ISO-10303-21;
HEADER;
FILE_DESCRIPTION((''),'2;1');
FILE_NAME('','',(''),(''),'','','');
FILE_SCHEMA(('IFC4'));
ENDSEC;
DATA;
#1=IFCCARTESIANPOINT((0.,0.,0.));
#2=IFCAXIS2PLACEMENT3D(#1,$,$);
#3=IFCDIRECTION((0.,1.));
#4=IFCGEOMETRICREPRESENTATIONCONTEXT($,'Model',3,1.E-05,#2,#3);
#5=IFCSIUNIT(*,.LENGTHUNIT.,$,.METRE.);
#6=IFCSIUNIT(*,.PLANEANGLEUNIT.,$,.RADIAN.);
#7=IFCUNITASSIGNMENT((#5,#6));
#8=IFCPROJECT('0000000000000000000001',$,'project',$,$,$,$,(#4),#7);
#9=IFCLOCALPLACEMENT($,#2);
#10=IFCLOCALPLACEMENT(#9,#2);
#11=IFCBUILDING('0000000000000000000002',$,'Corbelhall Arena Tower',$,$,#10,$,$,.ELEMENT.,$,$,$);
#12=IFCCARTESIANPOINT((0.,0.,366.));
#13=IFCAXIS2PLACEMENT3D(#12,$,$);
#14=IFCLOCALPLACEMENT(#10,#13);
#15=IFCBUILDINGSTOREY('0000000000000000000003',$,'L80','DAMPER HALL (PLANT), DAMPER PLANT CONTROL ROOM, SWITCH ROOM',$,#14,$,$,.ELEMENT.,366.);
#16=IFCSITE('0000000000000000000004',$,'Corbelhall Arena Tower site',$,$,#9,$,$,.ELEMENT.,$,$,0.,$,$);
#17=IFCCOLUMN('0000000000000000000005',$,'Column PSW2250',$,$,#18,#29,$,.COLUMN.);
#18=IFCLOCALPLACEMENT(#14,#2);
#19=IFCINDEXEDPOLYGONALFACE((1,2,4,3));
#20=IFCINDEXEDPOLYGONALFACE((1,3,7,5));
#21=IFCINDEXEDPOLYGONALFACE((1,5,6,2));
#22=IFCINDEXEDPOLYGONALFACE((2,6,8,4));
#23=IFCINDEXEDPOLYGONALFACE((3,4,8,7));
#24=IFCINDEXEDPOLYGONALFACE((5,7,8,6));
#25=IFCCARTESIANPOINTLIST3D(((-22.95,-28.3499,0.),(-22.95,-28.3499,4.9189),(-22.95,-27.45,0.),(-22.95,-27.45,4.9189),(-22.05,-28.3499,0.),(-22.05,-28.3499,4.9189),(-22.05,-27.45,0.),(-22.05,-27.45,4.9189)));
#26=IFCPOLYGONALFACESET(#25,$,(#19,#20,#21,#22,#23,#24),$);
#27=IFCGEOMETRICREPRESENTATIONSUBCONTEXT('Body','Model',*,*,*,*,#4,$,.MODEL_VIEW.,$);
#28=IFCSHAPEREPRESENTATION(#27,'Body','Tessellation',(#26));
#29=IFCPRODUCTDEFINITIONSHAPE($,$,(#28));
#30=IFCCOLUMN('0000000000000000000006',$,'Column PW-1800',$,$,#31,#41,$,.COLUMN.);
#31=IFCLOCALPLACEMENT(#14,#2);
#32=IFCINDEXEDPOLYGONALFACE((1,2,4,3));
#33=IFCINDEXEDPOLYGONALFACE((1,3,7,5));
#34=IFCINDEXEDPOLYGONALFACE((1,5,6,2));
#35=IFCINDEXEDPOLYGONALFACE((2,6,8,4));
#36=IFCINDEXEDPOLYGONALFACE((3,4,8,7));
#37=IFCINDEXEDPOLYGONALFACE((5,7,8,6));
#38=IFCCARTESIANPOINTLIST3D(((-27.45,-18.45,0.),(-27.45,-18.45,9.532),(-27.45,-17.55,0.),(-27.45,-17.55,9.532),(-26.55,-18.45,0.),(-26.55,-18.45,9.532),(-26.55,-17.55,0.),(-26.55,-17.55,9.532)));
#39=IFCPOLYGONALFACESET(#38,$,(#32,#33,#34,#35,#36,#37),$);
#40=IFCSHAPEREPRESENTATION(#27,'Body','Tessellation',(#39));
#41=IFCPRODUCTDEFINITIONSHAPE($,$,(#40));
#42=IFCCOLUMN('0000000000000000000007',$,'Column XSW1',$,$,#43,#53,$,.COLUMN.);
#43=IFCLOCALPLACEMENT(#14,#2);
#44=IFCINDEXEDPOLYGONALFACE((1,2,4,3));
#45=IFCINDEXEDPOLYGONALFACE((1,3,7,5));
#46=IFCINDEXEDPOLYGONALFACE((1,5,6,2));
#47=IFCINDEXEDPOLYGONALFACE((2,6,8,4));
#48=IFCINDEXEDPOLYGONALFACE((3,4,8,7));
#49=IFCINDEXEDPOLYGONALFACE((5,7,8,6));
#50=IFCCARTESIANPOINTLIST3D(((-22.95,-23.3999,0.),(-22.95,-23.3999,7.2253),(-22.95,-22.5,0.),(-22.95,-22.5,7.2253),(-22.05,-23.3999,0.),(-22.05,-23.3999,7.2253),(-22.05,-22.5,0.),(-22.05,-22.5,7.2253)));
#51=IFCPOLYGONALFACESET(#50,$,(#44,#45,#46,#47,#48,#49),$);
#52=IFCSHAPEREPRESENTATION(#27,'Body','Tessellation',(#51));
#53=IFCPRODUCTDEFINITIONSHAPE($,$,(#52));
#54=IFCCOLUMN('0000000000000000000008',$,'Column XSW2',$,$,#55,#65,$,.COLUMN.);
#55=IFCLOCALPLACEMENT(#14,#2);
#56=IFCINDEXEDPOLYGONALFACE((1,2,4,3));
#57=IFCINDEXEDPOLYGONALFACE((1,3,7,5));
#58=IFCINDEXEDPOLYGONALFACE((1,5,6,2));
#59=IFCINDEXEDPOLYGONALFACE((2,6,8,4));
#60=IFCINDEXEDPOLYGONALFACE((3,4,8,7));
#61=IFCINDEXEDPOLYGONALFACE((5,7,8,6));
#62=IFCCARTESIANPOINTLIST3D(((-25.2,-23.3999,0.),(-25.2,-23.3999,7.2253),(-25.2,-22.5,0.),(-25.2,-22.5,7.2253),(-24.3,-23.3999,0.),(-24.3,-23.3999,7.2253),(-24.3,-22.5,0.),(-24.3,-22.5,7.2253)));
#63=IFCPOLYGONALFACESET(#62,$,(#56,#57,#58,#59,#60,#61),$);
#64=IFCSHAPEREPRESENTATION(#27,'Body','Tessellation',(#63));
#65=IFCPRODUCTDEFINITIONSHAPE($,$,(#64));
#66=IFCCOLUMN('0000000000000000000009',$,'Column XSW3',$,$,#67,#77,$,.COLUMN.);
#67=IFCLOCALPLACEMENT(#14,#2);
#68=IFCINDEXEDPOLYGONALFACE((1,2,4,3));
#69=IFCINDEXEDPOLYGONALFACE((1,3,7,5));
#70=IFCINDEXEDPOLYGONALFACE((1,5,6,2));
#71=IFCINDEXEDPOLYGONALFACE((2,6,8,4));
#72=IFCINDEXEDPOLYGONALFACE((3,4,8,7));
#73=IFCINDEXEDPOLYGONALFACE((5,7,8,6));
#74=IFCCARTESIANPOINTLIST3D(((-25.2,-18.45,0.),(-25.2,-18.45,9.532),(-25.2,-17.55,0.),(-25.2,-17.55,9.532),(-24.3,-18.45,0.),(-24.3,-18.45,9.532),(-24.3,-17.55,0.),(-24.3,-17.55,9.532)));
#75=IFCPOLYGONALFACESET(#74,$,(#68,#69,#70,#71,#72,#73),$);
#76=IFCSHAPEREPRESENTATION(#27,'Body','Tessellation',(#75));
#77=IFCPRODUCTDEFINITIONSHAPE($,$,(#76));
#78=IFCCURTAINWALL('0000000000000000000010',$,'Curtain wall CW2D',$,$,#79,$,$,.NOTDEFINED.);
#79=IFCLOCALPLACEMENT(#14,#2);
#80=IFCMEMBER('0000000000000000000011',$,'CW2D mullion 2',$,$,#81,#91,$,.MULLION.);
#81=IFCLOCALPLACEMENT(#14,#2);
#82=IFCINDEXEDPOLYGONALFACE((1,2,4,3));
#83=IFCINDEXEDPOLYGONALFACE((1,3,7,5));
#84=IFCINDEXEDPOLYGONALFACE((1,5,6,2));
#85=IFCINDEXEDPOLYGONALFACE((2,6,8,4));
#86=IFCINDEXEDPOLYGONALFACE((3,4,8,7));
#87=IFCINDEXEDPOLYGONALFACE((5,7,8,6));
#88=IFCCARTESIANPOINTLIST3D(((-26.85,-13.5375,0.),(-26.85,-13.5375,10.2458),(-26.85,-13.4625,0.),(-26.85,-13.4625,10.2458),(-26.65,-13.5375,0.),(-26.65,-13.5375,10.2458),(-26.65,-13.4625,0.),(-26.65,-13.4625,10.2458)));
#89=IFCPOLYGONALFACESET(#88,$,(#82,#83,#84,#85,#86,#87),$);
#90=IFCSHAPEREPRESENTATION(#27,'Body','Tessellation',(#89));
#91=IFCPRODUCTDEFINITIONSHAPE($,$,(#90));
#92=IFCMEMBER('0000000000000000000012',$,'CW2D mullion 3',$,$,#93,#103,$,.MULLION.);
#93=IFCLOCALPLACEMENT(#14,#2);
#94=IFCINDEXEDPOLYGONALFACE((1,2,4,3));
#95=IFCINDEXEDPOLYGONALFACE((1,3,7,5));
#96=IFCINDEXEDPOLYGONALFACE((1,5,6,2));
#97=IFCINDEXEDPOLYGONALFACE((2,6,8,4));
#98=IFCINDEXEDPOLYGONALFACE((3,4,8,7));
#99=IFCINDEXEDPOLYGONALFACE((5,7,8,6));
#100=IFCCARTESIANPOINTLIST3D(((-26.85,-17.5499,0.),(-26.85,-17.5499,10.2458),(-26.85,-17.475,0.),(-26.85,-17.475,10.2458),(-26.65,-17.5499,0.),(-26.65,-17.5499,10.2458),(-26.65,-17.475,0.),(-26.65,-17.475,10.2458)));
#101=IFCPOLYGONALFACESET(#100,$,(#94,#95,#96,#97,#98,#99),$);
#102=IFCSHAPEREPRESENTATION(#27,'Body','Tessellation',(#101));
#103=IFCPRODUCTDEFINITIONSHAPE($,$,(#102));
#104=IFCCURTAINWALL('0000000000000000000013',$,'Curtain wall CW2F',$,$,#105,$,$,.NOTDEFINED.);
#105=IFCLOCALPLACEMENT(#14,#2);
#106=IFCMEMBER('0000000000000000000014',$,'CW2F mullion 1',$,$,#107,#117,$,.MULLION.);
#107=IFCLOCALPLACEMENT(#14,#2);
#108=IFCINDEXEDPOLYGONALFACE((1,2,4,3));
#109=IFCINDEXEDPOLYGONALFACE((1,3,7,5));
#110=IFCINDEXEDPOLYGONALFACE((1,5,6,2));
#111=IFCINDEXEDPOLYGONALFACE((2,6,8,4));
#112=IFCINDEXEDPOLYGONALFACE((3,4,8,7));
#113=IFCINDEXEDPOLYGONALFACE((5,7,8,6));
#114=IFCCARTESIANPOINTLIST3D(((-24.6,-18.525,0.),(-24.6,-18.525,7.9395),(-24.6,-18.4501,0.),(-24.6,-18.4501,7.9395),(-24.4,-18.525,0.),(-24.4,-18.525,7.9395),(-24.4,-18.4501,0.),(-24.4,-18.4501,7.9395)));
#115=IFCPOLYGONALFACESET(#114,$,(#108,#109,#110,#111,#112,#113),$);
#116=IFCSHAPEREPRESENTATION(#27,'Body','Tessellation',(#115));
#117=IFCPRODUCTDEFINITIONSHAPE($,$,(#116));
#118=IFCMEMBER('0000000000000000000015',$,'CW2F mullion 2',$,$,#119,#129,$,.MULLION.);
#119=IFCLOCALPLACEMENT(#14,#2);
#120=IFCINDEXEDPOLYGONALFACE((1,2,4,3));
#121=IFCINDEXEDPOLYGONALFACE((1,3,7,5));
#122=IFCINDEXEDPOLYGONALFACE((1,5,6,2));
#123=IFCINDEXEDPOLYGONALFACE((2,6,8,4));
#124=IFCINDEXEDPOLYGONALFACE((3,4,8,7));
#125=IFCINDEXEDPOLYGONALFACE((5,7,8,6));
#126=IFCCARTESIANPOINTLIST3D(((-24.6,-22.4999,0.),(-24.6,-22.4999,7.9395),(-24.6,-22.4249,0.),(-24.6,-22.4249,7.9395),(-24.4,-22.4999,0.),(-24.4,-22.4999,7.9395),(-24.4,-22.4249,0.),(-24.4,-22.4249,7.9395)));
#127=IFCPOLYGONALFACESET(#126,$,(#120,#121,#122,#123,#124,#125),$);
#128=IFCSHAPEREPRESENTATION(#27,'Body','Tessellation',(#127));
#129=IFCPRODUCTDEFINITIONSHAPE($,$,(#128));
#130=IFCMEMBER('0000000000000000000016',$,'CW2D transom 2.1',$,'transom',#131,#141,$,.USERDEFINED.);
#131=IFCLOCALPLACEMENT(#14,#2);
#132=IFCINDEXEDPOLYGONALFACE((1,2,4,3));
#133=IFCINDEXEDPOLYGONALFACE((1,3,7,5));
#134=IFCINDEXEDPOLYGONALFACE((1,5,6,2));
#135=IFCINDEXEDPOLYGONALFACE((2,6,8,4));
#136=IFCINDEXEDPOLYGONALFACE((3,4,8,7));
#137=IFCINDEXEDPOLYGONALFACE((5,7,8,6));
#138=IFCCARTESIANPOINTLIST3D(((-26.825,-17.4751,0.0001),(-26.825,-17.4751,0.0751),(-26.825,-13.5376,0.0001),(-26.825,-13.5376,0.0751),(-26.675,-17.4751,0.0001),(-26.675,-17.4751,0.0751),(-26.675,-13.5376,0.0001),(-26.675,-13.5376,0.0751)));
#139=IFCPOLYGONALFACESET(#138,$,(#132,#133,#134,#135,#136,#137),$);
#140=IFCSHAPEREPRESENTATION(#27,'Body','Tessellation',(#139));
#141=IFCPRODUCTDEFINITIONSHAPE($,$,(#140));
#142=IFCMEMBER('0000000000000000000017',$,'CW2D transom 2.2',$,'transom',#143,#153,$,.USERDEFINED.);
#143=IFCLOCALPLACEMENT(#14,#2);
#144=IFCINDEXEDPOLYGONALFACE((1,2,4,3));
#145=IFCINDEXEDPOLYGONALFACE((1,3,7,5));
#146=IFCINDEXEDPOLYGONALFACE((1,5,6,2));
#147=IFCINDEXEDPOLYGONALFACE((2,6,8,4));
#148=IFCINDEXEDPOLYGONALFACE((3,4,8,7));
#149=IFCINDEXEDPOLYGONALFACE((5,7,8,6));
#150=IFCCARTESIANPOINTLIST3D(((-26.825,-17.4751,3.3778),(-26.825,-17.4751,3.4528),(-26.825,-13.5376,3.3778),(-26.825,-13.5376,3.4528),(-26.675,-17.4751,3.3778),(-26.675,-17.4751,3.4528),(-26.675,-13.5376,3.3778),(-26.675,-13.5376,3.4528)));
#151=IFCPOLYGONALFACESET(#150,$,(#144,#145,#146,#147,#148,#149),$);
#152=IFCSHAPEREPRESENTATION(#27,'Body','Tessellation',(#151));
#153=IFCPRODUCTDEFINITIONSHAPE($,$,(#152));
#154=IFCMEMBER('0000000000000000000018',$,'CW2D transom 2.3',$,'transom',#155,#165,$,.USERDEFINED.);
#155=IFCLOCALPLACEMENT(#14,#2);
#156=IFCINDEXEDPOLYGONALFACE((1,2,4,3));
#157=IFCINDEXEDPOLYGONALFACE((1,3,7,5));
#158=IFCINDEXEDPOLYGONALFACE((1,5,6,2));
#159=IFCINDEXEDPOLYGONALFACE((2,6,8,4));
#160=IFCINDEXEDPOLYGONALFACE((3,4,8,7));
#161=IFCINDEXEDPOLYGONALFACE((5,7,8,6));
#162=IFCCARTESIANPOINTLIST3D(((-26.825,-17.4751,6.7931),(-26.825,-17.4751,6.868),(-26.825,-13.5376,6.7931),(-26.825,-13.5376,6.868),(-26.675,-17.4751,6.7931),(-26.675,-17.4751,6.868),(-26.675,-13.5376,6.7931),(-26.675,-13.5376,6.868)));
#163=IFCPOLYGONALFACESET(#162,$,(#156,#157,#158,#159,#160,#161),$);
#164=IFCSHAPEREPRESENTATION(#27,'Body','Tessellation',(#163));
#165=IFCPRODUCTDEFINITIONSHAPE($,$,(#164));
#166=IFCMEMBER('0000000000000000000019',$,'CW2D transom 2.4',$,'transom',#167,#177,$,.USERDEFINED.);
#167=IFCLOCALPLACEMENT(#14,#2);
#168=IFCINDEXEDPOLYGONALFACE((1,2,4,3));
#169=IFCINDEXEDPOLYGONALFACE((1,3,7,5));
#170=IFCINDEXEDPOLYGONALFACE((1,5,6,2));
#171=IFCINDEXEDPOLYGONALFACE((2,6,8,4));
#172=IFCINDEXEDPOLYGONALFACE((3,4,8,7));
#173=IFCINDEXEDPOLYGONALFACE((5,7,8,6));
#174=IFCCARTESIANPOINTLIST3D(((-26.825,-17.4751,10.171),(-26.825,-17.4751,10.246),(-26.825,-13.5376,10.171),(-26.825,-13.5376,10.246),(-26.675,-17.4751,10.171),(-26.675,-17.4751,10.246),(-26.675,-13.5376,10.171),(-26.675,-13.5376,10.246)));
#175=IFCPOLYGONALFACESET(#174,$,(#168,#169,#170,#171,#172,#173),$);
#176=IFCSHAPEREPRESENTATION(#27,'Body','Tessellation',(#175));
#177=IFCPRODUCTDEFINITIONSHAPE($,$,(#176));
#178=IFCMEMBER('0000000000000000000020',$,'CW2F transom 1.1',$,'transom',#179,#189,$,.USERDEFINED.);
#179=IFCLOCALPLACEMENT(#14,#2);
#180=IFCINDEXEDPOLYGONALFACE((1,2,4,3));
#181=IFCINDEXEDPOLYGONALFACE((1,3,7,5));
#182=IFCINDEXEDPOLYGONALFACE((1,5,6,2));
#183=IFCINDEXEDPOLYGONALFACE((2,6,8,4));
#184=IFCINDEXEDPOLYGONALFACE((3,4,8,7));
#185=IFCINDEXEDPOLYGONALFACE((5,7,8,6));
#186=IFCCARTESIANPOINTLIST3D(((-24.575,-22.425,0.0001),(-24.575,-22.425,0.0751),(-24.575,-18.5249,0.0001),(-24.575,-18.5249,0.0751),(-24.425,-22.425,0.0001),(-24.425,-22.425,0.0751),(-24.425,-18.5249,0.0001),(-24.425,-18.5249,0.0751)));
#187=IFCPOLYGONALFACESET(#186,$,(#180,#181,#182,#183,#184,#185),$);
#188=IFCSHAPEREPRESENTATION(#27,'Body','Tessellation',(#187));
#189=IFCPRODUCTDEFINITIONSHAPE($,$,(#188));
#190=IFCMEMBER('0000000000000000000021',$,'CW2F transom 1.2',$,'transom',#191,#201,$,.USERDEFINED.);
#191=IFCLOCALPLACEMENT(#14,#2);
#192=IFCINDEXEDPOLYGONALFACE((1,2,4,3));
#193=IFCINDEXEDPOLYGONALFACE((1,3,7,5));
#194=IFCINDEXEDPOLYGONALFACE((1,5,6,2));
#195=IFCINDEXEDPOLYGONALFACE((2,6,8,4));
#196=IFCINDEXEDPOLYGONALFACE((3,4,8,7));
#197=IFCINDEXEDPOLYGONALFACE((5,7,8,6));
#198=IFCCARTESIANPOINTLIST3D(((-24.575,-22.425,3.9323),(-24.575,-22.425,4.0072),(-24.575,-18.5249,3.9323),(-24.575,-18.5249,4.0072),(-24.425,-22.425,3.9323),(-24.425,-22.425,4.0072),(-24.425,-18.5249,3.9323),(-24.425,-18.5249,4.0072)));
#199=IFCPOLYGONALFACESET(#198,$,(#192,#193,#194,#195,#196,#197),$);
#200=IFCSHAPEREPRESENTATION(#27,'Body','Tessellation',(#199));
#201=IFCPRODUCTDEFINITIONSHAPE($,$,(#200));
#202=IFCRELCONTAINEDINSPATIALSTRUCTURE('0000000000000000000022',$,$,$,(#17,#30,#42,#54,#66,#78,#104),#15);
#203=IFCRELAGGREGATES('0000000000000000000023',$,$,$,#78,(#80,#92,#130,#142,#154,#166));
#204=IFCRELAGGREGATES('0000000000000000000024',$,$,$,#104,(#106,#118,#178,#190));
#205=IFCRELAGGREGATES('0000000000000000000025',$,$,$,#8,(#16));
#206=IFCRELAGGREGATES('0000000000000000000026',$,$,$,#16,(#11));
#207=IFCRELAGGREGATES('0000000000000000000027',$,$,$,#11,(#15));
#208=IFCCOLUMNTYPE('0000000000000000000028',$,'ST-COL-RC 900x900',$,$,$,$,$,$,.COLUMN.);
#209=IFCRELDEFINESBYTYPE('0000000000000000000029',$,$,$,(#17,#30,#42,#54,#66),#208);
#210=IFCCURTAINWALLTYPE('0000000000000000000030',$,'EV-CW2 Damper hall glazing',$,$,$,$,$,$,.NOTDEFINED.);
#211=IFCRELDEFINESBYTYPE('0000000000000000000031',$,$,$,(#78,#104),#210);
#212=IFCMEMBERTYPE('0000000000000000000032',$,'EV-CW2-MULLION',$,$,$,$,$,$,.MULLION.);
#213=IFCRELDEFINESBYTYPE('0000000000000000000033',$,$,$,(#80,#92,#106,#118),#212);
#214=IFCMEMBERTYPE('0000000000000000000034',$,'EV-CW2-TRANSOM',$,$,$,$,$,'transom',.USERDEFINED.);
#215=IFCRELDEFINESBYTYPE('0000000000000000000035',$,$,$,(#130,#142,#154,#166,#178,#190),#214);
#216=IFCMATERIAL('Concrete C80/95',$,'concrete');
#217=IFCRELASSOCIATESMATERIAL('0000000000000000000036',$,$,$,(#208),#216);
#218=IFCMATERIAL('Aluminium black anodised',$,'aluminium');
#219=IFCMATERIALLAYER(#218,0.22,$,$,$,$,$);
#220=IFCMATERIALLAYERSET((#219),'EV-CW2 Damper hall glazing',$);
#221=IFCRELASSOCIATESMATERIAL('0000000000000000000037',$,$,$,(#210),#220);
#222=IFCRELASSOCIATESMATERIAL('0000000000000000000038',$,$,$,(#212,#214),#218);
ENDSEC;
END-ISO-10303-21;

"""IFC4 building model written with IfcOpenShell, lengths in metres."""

from ifc_helpers import new_model, si_unit, direction, frame, origin, origin_2d, place, context, subcontext, project, spatial, rectangle, extrude, material, layer, layer_set, material_profile, profile_set, type_object, element, aggregate, save


model = new_model("IFC4")

# Units and contexts
model_context = context("Model", 3, precision=1e-05, world=origin(), true_north=direction((0.0, 1.0)))
body_context = subcontext(model_context, "Body", "Model", "MODEL_VIEW")
ifc_project = project(units=[si_unit("LENGTHUNIT", "METRE"), si_unit("PLANEANGLEUNIT", "RADIAN")], contexts=[model_context])

# Site, building, storey
site_placement = place(None, origin())
site = spatial("IfcSite", under=ifc_project, at=site_placement, Name="Corbelhall Arena Tower site", CompositionType="ELEMENT", RefElevation=0.0)
building_placement = place(site_placement, origin())
building = spatial("IfcBuilding", under=site, at=building_placement, Name="Corbelhall Arena Tower", CompositionType="ELEMENT")
storey_placement = place(building_placement, frame((0.0, 0.0, 366.0)))
storey = spatial("IfcBuildingStorey", under=building, at=storey_placement, Name="L80", Description="DAMPER HALL (PLANT), DAMPER PLANT CONTROL ROOM, SWITCH ROOM", CompositionType="ELEMENT", Elevation=366.0)

# Columns
ifc_material_1 = material(Name="Concrete C80/95", Category="concrete")
ifc_material_profile_1 = material_profile(ifc_material_1, rectangle(XDim=0.8999, YDim=0.8999, at=origin_2d()))
ifc_profile_set_1 = profile_set([ifc_material_profile_1], Name="Concrete C80/95")
column_type = type_object("IfcColumnType", Name="ST-COL-RC 900x900", PredefinedType="COLUMN", material=ifc_profile_set_1)
column_1_placement = place(storey_placement, frame((-22.5, -27.8999, 0.0), z_axis=(0.0, 0.0, 1.0), x_axis=(1.0, 0.0, 0.0)))
element("IfcColumn", 1, at=column_1_placement, inside=storey, type_object=column_type, Name="Column PSW2250", PredefinedType="COLUMN", context=body_context, shape_type="SweptSolid", body=[
    extrude(rectangle(XDim=0.8999, YDim=0.8999, at=origin_2d()), origin(), (0.0, 0.0, 1.0), 4.9189),
])
column_2_placement = place(storey_placement, frame((-27.0, -18.0, 0.0), z_axis=(0.0, 0.0, 1.0), x_axis=(0.0, 1.0, 0.0)))
element("IfcColumn", 2, at=column_2_placement, inside=storey, type_object=column_type, Name="Column PW-1800", PredefinedType="COLUMN", context=body_context, shape_type="SweptSolid", body=[
    extrude(rectangle(XDim=0.8999, YDim=0.8999, at=origin_2d()), origin(), (0.0, 0.0, 1.0), 9.532),
])
for number, where, z_axis, x_axis, name in (
    (3, (-22.5, -22.95, 0.0), (0.0, 0.0, 1.0), (1.0, 0.0, 0.0), "Column XSW1"),
    (4, (-24.75, -22.95, 0.0), (0.0, 0.0, 1.0), (1.0, 0.0, 0.0), "Column XSW2"),
):
    element("IfcColumn", number, at=place(storey_placement, frame(where, z_axis=z_axis, x_axis=x_axis)), inside=storey, type_object=column_type, Name=name, PredefinedType="COLUMN", context=body_context, shape_type="SweptSolid", body=[
        extrude(rectangle(XDim=0.8999, YDim=0.8999, at=origin_2d()), origin(), (0.0, 0.0, 1.0), 7.2253),
    ])
column_3_placement = place(storey_placement, frame((-24.75, -18.0, 0.0), z_axis=(0.0, 0.0, 1.0), x_axis=(1.0, 0.0, 0.0)))
element("IfcColumn", 5, at=column_3_placement, inside=storey, type_object=column_type, Name="Column XSW3", PredefinedType="COLUMN", context=body_context, shape_type="SweptSolid", body=[
    extrude(rectangle(XDim=0.8999, YDim=0.8999, at=origin_2d()), origin(), (0.0, 0.0, 1.0), 9.532),
])

# Curtain walls, members
ifc_material_2 = material(Name="Aluminium black anodised", Category="aluminium")
ifc_layer_1 = layer(ifc_material_2, 0.22)
ifc_layer_set_1 = layer_set([ifc_layer_1], Name="EV-CW2 Damper hall glazing")
curtain_wall_type = type_object("IfcCurtainWallType", Name="EV-CW2 Damper hall glazing", PredefinedType="NOTDEFINED", material=ifc_layer_set_1)
curtain_wall_1_placement = place(storey_placement, origin())
curtain_wall_1 = element("IfcCurtainWall", 6, at=curtain_wall_1_placement, inside=storey, type_object=curtain_wall_type, Name="Curtain wall CW2D", PredefinedType="NOTDEFINED")
ifc_material_profile_2 = material_profile(ifc_material_2, rectangle(XDim=0.2, YDim=0.075, at=origin_2d()))
ifc_profile_set_2 = profile_set([ifc_material_profile_2], Name="Aluminium black anodised")
member_type_1 = type_object("IfcMemberType", Name="EV-CW2-MULLION", PredefinedType="MULLION", material=ifc_profile_set_2)
member_1_placement = place(storey_placement, frame((-26.75, -13.5, 0.0), z_axis=(0.0, 0.0, 1.0), x_axis=(1.0, 0.0, 0.0)))
member_1 = element("IfcMember", 7, at=member_1_placement, type_object=member_type_1, Name="CW2D mullion 2", PredefinedType="MULLION", context=body_context, shape_type="SweptSolid", body=[
    extrude(rectangle(XDim=0.2, YDim=0.075, at=origin_2d()), origin(), (0.0, 0.0, 1.0), 10.2458),
])
member_2_placement = place(storey_placement, frame((-26.75, -17.5125, 0.0), z_axis=(0.0, 0.0, 1.0), x_axis=(1.0, 0.0, 0.0)))
member_2 = element("IfcMember", 8, at=member_2_placement, type_object=member_type_1, Name="CW2D mullion 3", PredefinedType="MULLION", context=body_context, shape_type="SweptSolid", body=[
    extrude(rectangle(XDim=0.2, YDim=0.075, at=origin_2d()), origin(), (0.0, 0.0, 1.0), 10.2458),
])
curtain_wall_2_placement = place(storey_placement, origin())
curtain_wall_2 = element("IfcCurtainWall", 9, at=curtain_wall_2_placement, inside=storey, type_object=curtain_wall_type, Name="Curtain wall CW2F", PredefinedType="NOTDEFINED")
member_3_placement = place(storey_placement, frame((-24.5, -18.4875, 0.0), z_axis=(0.0, 0.0, 1.0), x_axis=(1.0, 0.0, 0.0)))
member_3 = element("IfcMember", 10, at=member_3_placement, type_object=member_type_1, Name="CW2F mullion 1", PredefinedType="MULLION", context=body_context, shape_type="SweptSolid", body=[
    extrude(rectangle(XDim=0.2, YDim=0.075, at=origin_2d()), origin(), (0.0, 0.0, 1.0), 7.9395),
])
member_4_placement = place(storey_placement, frame((-24.5, -22.4624, 0.0), z_axis=(0.0, 0.0, 1.0), x_axis=(1.0, 0.0, 0.0)))
member_4 = element("IfcMember", 11, at=member_4_placement, type_object=member_type_1, Name="CW2F mullion 2", PredefinedType="MULLION", context=body_context, shape_type="SweptSolid", body=[
    extrude(rectangle(XDim=0.2, YDim=0.075, at=origin_2d()), origin(), (0.0, 0.0, 1.0), 7.9395),
])

# Members
ifc_material_profile_3 = material_profile(ifc_material_2, rectangle(XDim=0.1499, YDim=0.075, at=origin_2d()))
ifc_profile_set_3 = profile_set([ifc_material_profile_3], Name="Aluminium black anodised")
member_type_2 = type_object("IfcMemberType", Name="EV-CW2-TRANSOM", ElementType="transom", PredefinedType="USERDEFINED", material=ifc_profile_set_3)
member_5_placement = place(storey_placement, frame((-26.75, -13.5376, 0.0376), z_axis=(0.0, -1.0, 0.0), x_axis=(1.0, 0.0, 0.0)))
member_5 = element("IfcMember", 12, at=member_5_placement, type_object=member_type_2, Name="CW2D transom 2.1", ObjectType="transom", PredefinedType="USERDEFINED", context=body_context, shape_type="SweptSolid", body=[
    extrude(rectangle(XDim=0.1499, YDim=0.075, at=origin_2d()), origin(), (0.0, 0.0, 1.0), 3.9375),
])
member_6_placement = place(storey_placement, frame((-26.75, -13.5376, 3.4153), z_axis=(0.0, -1.0, 0.0), x_axis=(1.0, 0.0, 0.0)))
member_6 = element("IfcMember", 13, at=member_6_placement, type_object=member_type_2, Name="CW2D transom 2.2", ObjectType="transom", PredefinedType="USERDEFINED", context=body_context, shape_type="SweptSolid", body=[
    extrude(rectangle(XDim=0.1499, YDim=0.075, at=origin_2d()), origin(), (0.0, 0.0, 1.0), 3.9375),
])
member_7_placement = place(storey_placement, frame((-26.75, -13.5376, 6.8306), z_axis=(0.0, -1.0, 0.0), x_axis=(1.0, 0.0, 0.0)))
member_7 = element("IfcMember", 14, at=member_7_placement, type_object=member_type_2, Name="CW2D transom 2.3", ObjectType="transom", PredefinedType="USERDEFINED", context=body_context, shape_type="SweptSolid", body=[
    extrude(rectangle(XDim=0.1499, YDim=0.075, at=origin_2d()), origin(), (0.0, 0.0, 1.0), 3.9375),
])
member_8_placement = place(storey_placement, frame((-26.75, -13.5376, 10.2085), z_axis=(0.0, -1.0, 0.0), x_axis=(1.0, 0.0, 0.0)))
member_8 = element("IfcMember", 15, at=member_8_placement, type_object=member_type_2, Name="CW2D transom 2.4", ObjectType="transom", PredefinedType="USERDEFINED", context=body_context, shape_type="SweptSolid", body=[
    extrude(rectangle(XDim=0.1499, YDim=0.075, at=origin_2d()), origin(), (0.0, 0.0, 1.0), 3.9375),
])
member_9_placement = place(storey_placement, frame((-24.5, -18.5249, 0.0376), z_axis=(0.0, -1.0, 0.0), x_axis=(1.0, 0.0, 0.0)))
member_9 = element("IfcMember", 16, at=member_9_placement, type_object=member_type_2, Name="CW2F transom 1.1", ObjectType="transom", PredefinedType="USERDEFINED", context=body_context, shape_type="SweptSolid", body=[
    extrude(rectangle(XDim=0.1499, YDim=0.075, at=origin_2d()), origin(), (0.0, 0.0, 1.0), 3.9001),
])
member_10_placement = place(storey_placement, frame((-24.5, -18.5249, 3.9697), z_axis=(0.0, -1.0, 0.0), x_axis=(1.0, 0.0, 0.0)))
member_10 = element("IfcMember", 17, at=member_10_placement, type_object=member_type_2, Name="CW2F transom 1.2", ObjectType="transom", PredefinedType="USERDEFINED", context=body_context, shape_type="SweptSolid", body=[
    extrude(rectangle(XDim=0.1499, YDim=0.075, at=origin_2d()), origin(), (0.0, 0.0, 1.0), 3.9001),
])

aggregate(curtain_wall_1, [member_1, member_2, member_5, member_6, member_7, member_8])
aggregate(curtain_wall_2, [member_3, member_4, member_9, member_10])

save(model, "model.ifc")
